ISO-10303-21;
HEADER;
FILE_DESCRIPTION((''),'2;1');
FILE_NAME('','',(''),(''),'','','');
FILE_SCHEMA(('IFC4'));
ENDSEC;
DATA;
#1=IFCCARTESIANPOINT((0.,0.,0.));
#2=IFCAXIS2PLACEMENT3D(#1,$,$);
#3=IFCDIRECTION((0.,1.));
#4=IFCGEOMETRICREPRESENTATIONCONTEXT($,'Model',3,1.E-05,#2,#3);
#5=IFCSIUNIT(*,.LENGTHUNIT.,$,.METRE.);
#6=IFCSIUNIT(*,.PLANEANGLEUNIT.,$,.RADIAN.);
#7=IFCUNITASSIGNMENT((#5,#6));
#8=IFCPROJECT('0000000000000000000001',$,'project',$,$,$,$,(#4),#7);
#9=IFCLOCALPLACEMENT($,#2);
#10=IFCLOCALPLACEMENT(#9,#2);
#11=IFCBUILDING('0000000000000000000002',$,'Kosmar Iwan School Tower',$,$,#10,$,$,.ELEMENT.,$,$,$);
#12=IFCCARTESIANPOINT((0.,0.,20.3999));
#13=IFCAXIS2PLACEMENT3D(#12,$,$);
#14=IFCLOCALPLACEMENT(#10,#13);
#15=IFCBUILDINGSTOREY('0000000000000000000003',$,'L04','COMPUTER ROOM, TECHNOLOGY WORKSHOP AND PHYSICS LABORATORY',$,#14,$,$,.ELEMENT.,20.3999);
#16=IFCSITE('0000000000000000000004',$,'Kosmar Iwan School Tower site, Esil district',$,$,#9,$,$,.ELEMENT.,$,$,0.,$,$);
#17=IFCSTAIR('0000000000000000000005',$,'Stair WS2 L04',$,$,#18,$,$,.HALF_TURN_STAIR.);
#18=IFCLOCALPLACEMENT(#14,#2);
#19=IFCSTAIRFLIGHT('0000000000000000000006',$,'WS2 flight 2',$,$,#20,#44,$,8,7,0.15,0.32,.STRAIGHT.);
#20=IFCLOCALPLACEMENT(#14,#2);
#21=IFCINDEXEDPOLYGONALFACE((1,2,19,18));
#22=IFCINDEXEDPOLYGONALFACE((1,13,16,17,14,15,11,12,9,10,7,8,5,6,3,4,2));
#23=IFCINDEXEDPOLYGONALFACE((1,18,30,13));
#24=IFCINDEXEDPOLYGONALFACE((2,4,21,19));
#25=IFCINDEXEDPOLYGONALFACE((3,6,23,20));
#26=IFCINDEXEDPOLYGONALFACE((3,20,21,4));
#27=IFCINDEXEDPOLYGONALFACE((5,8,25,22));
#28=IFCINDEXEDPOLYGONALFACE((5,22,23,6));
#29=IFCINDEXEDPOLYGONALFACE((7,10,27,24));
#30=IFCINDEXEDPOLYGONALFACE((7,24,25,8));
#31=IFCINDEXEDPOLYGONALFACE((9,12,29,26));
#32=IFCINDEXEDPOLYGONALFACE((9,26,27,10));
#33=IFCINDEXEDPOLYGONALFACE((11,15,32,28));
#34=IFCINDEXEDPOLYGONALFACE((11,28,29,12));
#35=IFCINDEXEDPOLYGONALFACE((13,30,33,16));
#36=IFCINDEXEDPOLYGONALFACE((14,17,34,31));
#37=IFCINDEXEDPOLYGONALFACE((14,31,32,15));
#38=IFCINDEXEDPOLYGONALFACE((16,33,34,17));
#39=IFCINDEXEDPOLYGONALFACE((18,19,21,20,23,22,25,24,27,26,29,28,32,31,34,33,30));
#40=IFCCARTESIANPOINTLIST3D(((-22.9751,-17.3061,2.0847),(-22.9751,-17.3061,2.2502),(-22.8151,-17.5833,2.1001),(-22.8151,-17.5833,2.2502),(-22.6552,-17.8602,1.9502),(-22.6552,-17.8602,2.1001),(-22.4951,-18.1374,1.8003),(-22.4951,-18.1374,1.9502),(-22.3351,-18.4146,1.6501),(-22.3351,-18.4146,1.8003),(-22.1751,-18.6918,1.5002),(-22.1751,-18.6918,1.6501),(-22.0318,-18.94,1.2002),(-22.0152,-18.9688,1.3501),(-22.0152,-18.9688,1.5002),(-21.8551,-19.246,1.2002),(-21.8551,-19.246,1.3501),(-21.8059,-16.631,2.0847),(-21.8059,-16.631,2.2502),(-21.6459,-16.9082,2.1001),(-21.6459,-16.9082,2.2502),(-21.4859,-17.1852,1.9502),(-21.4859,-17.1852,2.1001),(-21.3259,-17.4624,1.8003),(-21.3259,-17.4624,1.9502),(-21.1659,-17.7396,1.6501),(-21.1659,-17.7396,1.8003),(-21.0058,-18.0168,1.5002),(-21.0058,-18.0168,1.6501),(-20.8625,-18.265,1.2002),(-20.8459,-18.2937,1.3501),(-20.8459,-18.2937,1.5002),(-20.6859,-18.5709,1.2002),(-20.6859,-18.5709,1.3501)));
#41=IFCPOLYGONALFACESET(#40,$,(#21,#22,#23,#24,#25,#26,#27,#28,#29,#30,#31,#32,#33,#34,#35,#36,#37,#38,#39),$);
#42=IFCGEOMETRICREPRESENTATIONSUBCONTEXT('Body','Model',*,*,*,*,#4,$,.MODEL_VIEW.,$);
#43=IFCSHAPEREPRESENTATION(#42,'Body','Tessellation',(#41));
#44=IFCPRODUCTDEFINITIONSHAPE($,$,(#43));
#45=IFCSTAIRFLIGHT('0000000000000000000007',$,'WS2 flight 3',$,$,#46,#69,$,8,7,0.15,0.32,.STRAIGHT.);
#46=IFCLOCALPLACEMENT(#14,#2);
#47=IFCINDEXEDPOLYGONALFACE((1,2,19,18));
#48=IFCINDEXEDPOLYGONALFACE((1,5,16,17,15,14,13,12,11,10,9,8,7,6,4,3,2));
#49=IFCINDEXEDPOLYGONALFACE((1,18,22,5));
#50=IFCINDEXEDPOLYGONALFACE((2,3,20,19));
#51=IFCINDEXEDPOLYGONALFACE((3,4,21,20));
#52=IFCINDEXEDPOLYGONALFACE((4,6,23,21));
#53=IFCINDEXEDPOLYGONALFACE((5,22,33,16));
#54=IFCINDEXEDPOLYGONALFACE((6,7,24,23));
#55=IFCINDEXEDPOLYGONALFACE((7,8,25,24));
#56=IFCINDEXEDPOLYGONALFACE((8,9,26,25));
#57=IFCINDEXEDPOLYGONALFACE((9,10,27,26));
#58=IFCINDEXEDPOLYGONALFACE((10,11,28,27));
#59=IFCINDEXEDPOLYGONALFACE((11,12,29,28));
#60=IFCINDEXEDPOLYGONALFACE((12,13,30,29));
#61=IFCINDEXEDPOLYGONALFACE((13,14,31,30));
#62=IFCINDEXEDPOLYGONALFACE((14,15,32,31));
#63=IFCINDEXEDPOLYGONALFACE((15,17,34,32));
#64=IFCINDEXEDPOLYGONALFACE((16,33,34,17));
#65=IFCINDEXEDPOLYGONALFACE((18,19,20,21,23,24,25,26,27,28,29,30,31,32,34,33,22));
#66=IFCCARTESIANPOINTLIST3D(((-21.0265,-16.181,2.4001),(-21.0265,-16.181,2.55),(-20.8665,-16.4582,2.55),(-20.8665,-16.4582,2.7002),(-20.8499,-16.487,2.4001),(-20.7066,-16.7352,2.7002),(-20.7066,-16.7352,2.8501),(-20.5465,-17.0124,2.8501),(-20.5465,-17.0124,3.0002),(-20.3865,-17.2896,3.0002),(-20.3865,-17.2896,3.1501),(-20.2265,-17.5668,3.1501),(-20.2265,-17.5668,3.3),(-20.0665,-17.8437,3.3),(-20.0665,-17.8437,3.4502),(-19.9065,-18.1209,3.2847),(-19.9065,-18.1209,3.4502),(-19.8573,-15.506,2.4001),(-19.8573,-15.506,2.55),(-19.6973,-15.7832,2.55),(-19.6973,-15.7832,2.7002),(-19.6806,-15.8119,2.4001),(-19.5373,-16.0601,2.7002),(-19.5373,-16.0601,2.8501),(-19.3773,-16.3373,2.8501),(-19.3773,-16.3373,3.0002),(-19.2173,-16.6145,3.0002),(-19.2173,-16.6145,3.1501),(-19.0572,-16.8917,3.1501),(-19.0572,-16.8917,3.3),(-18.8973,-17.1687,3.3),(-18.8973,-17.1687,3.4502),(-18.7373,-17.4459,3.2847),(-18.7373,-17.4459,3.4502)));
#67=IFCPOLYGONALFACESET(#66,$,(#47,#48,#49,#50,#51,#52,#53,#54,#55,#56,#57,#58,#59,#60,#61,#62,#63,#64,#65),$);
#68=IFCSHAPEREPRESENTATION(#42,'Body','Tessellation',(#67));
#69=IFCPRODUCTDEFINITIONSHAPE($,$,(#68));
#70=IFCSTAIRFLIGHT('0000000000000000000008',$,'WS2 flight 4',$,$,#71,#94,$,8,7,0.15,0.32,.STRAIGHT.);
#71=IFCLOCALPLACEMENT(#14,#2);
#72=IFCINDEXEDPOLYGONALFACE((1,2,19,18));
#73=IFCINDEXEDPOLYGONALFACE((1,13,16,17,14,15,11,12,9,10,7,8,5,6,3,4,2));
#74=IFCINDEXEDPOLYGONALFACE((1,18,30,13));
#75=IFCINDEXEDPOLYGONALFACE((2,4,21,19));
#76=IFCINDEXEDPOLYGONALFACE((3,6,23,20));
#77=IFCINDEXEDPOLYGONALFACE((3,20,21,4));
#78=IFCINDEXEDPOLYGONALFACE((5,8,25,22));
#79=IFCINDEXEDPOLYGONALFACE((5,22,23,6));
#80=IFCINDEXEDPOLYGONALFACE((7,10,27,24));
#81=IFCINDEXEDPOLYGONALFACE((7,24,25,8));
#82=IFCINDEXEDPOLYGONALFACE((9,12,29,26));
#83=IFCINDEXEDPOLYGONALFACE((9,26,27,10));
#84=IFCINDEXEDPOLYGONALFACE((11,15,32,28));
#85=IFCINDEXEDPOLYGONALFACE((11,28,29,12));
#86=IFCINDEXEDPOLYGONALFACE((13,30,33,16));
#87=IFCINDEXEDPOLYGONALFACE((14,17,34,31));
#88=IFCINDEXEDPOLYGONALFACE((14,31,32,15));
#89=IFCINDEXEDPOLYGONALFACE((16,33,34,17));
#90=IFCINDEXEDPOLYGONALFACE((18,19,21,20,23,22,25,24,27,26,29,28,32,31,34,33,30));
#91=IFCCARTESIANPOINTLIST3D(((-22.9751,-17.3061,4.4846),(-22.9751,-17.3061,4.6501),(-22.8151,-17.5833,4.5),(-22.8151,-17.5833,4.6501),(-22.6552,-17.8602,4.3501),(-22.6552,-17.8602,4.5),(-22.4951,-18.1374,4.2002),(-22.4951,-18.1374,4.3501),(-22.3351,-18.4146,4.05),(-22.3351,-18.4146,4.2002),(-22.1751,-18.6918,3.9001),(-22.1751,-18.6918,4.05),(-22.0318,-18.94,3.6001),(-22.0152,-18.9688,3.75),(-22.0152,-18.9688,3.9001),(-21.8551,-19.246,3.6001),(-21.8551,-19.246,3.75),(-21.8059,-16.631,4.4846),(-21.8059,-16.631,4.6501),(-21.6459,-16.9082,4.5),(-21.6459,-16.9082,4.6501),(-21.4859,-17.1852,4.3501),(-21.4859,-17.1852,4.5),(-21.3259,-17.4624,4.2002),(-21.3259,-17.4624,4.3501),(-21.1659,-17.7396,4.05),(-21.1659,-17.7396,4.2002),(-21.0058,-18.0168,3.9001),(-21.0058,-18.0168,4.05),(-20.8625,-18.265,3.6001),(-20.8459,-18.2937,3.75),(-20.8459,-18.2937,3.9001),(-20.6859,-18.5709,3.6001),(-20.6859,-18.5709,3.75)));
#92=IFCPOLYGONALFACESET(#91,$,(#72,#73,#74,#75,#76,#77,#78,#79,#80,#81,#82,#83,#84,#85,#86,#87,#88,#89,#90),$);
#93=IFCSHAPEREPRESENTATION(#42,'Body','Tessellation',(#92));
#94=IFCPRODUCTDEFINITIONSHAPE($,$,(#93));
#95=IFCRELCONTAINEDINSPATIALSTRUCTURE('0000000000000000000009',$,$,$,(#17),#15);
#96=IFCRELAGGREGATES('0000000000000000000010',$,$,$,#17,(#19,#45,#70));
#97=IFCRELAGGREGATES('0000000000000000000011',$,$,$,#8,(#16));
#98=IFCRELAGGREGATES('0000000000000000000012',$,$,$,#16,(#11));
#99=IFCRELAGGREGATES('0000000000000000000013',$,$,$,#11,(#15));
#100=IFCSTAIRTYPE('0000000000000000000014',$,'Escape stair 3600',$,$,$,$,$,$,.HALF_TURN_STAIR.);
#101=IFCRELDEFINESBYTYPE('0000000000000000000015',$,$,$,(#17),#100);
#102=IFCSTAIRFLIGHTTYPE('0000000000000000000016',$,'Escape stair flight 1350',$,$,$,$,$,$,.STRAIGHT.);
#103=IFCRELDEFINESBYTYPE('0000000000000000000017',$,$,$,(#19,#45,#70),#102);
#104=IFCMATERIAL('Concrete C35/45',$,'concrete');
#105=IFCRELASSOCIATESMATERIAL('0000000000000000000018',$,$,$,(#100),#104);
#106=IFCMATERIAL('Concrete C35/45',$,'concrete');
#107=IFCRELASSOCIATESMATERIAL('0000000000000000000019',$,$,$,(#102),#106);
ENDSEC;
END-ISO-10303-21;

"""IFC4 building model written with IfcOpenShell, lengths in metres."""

from ifc_helpers import new_model, si_unit, direction, frame, origin, place, context, subcontext, project, spatial, polyline, outline, extrude, material, type_object, element, aggregate, save


model = new_model("IFC4")

# Units and contexts
model_context = context("Model", 3, precision=1e-05, world=origin(), true_north=direction((0.0, 1.0)))
body_context = subcontext(model_context, "Body", "Model", "MODEL_VIEW")
ifc_project = project(units=[si_unit("LENGTHUNIT", "METRE"), si_unit("PLANEANGLEUNIT", "RADIAN")], contexts=[model_context])

# Site, building, storey
site_placement = place(None, origin())
site = spatial("IfcSite", under=ifc_project, at=site_placement, Name="Kosmar Iwan School Tower site, Esil district", CompositionType="ELEMENT", RefElevation=0.0)
building_placement = place(site_placement, origin())
building = spatial("IfcBuilding", under=site, at=building_placement, Name="Kosmar Iwan School Tower", CompositionType="ELEMENT")
storey_placement = place(building_placement, frame((0.0, 0.0, 20.3999)))
storey = spatial("IfcBuildingStorey", under=building, at=storey_placement, Name="L04", Description="COMPUTER ROOM, TECHNOLOGY WORKSHOP AND PHYSICS LABORATORY", CompositionType="ELEMENT", Elevation=20.3999)

# Stair, stair flights
ifc_material_1 = material(Name="Concrete C35/45", Category="concrete")
stair_type = type_object("IfcStairType", Name="Escape stair 3600", PredefinedType="HALF_TURN_STAIR", material=ifc_material_1)
stair_placement = place(storey_placement, origin())
stair = element("IfcStair", 1, at=stair_placement, inside=storey, type_object=stair_type, Name="Stair WS2 L04", PredefinedType="HALF_TURN_STAIR")
ifc_material_2 = material(Name="Concrete C35/45", Category="concrete")
stair_flight_type = type_object("IfcStairFlightType", Name="Escape stair flight 1350", PredefinedType="STRAIGHT", material=ifc_material_2)
stair_flight_1_placement = place(storey_placement, frame((-21.2705, -18.9084, 1.2002), z_axis=(0.0, 0.0, 1.0), x_axis=(-0.5, 0.866025, 0.0)))
stair_flight_1 = element("IfcStairFlight", 2, at=stair_flight_1_placement, type_object=stair_flight_type, Name="WS2 flight 2", NumberOfRisers=8, NumberOfTreads=7, PredefinedType="STRAIGHT", RiserHeight=0.15, TreadLength=0.32, context=body_context, shape_type="SweptSolid", body=[
    extrude(outline(polyline([(0.0, 0.0), (0.0, 0.1499), (0.3201, 0.1499), (0.3201, 0.3), (0.6399, 0.3), (0.6399, 0.45), (0.96, 0.45), (0.96, 0.6001), (1.28, 0.6001), (1.28, 0.75), (1.6001, 0.75), (1.6001, 0.8999), (1.9199, 0.8999), (1.9199, 1.05), (2.24, 1.05), (2.24, 1.2), (2.24, 0.8845), (0.3533, 0.0), (0.0, 0.0)])), frame((0.0, 0.675, 0.0), z_axis=(0.0, -1.0, 0.0), x_axis=(1.0, 0.0, 0.0)), (0.0, 0.0, 1.0), 1.3501),
])
stair_flight_2_placement = place(storey_placement, frame((-20.4419, -15.8435, 2.4001), z_axis=(0.0, 0.0, 1.0), x_axis=(0.5, -0.866025, 0.0)))
stair_flight_2 = element("IfcStairFlight", 3, at=stair_flight_2_placement, type_object=stair_flight_type, Name="WS2 flight 3", NumberOfRisers=8, NumberOfTreads=7, PredefinedType="STRAIGHT", RiserHeight=0.15, TreadLength=0.32, context=body_context, shape_type="SweptSolid", body=[
    extrude(outline(polyline([(0.0, 0.0), (0.0, 0.1499), (0.3201, 0.1499), (0.3201, 0.3), (0.6399, 0.3), (0.6399, 0.45), (0.96, 0.45), (0.96, 0.6001), (1.28, 0.6001), (1.28, 0.75), (1.6001, 0.75), (1.6001, 0.8999), (1.9199, 0.8999), (1.9199, 1.05), (2.24, 1.05), (2.24, 1.2), (2.24, 0.8845), (0.3533, 0.0), (0.0, 0.0)])), frame((0.0, 0.675, 0.0), z_axis=(0.0, -1.0, 0.0), x_axis=(1.0, 0.0, 0.0)), (0.0, 0.0, 1.0), 1.3501),
])
stair_flight_3_placement = place(storey_placement, frame((-21.2705, -18.9084, 3.6001), z_axis=(0.0, 0.0, 1.0), x_axis=(-0.5, 0.866025, 0.0)))
stair_flight_3 = element("IfcStairFlight", 4, at=stair_flight_3_placement, type_object=stair_flight_type, Name="WS2 flight 4", NumberOfRisers=8, NumberOfTreads=7, PredefinedType="STRAIGHT", RiserHeight=0.15, TreadLength=0.32, context=body_context, shape_type="SweptSolid", body=[
    extrude(outline(polyline([(0.0, 0.0), (0.0, 0.1499), (0.3201, 0.1499), (0.3201, 0.3), (0.6399, 0.3), (0.6399, 0.45), (0.96, 0.45), (0.96, 0.6001), (1.28, 0.6001), (1.28, 0.75), (1.6001, 0.75), (1.6001, 0.8999), (1.9199, 0.8999), (1.9199, 1.05), (2.24, 1.05), (2.24, 1.2), (2.24, 0.8845), (0.3533, 0.0), (0.0, 0.0)])), frame((0.0, 0.675, 0.0), z_axis=(0.0, -1.0, 0.0), x_axis=(1.0, 0.0, 0.0)), (0.0, 0.0, 1.0), 1.3501),
])
aggregate(stair, [stair_flight_1, stair_flight_2, stair_flight_3])

save(model, "model.ifc")
